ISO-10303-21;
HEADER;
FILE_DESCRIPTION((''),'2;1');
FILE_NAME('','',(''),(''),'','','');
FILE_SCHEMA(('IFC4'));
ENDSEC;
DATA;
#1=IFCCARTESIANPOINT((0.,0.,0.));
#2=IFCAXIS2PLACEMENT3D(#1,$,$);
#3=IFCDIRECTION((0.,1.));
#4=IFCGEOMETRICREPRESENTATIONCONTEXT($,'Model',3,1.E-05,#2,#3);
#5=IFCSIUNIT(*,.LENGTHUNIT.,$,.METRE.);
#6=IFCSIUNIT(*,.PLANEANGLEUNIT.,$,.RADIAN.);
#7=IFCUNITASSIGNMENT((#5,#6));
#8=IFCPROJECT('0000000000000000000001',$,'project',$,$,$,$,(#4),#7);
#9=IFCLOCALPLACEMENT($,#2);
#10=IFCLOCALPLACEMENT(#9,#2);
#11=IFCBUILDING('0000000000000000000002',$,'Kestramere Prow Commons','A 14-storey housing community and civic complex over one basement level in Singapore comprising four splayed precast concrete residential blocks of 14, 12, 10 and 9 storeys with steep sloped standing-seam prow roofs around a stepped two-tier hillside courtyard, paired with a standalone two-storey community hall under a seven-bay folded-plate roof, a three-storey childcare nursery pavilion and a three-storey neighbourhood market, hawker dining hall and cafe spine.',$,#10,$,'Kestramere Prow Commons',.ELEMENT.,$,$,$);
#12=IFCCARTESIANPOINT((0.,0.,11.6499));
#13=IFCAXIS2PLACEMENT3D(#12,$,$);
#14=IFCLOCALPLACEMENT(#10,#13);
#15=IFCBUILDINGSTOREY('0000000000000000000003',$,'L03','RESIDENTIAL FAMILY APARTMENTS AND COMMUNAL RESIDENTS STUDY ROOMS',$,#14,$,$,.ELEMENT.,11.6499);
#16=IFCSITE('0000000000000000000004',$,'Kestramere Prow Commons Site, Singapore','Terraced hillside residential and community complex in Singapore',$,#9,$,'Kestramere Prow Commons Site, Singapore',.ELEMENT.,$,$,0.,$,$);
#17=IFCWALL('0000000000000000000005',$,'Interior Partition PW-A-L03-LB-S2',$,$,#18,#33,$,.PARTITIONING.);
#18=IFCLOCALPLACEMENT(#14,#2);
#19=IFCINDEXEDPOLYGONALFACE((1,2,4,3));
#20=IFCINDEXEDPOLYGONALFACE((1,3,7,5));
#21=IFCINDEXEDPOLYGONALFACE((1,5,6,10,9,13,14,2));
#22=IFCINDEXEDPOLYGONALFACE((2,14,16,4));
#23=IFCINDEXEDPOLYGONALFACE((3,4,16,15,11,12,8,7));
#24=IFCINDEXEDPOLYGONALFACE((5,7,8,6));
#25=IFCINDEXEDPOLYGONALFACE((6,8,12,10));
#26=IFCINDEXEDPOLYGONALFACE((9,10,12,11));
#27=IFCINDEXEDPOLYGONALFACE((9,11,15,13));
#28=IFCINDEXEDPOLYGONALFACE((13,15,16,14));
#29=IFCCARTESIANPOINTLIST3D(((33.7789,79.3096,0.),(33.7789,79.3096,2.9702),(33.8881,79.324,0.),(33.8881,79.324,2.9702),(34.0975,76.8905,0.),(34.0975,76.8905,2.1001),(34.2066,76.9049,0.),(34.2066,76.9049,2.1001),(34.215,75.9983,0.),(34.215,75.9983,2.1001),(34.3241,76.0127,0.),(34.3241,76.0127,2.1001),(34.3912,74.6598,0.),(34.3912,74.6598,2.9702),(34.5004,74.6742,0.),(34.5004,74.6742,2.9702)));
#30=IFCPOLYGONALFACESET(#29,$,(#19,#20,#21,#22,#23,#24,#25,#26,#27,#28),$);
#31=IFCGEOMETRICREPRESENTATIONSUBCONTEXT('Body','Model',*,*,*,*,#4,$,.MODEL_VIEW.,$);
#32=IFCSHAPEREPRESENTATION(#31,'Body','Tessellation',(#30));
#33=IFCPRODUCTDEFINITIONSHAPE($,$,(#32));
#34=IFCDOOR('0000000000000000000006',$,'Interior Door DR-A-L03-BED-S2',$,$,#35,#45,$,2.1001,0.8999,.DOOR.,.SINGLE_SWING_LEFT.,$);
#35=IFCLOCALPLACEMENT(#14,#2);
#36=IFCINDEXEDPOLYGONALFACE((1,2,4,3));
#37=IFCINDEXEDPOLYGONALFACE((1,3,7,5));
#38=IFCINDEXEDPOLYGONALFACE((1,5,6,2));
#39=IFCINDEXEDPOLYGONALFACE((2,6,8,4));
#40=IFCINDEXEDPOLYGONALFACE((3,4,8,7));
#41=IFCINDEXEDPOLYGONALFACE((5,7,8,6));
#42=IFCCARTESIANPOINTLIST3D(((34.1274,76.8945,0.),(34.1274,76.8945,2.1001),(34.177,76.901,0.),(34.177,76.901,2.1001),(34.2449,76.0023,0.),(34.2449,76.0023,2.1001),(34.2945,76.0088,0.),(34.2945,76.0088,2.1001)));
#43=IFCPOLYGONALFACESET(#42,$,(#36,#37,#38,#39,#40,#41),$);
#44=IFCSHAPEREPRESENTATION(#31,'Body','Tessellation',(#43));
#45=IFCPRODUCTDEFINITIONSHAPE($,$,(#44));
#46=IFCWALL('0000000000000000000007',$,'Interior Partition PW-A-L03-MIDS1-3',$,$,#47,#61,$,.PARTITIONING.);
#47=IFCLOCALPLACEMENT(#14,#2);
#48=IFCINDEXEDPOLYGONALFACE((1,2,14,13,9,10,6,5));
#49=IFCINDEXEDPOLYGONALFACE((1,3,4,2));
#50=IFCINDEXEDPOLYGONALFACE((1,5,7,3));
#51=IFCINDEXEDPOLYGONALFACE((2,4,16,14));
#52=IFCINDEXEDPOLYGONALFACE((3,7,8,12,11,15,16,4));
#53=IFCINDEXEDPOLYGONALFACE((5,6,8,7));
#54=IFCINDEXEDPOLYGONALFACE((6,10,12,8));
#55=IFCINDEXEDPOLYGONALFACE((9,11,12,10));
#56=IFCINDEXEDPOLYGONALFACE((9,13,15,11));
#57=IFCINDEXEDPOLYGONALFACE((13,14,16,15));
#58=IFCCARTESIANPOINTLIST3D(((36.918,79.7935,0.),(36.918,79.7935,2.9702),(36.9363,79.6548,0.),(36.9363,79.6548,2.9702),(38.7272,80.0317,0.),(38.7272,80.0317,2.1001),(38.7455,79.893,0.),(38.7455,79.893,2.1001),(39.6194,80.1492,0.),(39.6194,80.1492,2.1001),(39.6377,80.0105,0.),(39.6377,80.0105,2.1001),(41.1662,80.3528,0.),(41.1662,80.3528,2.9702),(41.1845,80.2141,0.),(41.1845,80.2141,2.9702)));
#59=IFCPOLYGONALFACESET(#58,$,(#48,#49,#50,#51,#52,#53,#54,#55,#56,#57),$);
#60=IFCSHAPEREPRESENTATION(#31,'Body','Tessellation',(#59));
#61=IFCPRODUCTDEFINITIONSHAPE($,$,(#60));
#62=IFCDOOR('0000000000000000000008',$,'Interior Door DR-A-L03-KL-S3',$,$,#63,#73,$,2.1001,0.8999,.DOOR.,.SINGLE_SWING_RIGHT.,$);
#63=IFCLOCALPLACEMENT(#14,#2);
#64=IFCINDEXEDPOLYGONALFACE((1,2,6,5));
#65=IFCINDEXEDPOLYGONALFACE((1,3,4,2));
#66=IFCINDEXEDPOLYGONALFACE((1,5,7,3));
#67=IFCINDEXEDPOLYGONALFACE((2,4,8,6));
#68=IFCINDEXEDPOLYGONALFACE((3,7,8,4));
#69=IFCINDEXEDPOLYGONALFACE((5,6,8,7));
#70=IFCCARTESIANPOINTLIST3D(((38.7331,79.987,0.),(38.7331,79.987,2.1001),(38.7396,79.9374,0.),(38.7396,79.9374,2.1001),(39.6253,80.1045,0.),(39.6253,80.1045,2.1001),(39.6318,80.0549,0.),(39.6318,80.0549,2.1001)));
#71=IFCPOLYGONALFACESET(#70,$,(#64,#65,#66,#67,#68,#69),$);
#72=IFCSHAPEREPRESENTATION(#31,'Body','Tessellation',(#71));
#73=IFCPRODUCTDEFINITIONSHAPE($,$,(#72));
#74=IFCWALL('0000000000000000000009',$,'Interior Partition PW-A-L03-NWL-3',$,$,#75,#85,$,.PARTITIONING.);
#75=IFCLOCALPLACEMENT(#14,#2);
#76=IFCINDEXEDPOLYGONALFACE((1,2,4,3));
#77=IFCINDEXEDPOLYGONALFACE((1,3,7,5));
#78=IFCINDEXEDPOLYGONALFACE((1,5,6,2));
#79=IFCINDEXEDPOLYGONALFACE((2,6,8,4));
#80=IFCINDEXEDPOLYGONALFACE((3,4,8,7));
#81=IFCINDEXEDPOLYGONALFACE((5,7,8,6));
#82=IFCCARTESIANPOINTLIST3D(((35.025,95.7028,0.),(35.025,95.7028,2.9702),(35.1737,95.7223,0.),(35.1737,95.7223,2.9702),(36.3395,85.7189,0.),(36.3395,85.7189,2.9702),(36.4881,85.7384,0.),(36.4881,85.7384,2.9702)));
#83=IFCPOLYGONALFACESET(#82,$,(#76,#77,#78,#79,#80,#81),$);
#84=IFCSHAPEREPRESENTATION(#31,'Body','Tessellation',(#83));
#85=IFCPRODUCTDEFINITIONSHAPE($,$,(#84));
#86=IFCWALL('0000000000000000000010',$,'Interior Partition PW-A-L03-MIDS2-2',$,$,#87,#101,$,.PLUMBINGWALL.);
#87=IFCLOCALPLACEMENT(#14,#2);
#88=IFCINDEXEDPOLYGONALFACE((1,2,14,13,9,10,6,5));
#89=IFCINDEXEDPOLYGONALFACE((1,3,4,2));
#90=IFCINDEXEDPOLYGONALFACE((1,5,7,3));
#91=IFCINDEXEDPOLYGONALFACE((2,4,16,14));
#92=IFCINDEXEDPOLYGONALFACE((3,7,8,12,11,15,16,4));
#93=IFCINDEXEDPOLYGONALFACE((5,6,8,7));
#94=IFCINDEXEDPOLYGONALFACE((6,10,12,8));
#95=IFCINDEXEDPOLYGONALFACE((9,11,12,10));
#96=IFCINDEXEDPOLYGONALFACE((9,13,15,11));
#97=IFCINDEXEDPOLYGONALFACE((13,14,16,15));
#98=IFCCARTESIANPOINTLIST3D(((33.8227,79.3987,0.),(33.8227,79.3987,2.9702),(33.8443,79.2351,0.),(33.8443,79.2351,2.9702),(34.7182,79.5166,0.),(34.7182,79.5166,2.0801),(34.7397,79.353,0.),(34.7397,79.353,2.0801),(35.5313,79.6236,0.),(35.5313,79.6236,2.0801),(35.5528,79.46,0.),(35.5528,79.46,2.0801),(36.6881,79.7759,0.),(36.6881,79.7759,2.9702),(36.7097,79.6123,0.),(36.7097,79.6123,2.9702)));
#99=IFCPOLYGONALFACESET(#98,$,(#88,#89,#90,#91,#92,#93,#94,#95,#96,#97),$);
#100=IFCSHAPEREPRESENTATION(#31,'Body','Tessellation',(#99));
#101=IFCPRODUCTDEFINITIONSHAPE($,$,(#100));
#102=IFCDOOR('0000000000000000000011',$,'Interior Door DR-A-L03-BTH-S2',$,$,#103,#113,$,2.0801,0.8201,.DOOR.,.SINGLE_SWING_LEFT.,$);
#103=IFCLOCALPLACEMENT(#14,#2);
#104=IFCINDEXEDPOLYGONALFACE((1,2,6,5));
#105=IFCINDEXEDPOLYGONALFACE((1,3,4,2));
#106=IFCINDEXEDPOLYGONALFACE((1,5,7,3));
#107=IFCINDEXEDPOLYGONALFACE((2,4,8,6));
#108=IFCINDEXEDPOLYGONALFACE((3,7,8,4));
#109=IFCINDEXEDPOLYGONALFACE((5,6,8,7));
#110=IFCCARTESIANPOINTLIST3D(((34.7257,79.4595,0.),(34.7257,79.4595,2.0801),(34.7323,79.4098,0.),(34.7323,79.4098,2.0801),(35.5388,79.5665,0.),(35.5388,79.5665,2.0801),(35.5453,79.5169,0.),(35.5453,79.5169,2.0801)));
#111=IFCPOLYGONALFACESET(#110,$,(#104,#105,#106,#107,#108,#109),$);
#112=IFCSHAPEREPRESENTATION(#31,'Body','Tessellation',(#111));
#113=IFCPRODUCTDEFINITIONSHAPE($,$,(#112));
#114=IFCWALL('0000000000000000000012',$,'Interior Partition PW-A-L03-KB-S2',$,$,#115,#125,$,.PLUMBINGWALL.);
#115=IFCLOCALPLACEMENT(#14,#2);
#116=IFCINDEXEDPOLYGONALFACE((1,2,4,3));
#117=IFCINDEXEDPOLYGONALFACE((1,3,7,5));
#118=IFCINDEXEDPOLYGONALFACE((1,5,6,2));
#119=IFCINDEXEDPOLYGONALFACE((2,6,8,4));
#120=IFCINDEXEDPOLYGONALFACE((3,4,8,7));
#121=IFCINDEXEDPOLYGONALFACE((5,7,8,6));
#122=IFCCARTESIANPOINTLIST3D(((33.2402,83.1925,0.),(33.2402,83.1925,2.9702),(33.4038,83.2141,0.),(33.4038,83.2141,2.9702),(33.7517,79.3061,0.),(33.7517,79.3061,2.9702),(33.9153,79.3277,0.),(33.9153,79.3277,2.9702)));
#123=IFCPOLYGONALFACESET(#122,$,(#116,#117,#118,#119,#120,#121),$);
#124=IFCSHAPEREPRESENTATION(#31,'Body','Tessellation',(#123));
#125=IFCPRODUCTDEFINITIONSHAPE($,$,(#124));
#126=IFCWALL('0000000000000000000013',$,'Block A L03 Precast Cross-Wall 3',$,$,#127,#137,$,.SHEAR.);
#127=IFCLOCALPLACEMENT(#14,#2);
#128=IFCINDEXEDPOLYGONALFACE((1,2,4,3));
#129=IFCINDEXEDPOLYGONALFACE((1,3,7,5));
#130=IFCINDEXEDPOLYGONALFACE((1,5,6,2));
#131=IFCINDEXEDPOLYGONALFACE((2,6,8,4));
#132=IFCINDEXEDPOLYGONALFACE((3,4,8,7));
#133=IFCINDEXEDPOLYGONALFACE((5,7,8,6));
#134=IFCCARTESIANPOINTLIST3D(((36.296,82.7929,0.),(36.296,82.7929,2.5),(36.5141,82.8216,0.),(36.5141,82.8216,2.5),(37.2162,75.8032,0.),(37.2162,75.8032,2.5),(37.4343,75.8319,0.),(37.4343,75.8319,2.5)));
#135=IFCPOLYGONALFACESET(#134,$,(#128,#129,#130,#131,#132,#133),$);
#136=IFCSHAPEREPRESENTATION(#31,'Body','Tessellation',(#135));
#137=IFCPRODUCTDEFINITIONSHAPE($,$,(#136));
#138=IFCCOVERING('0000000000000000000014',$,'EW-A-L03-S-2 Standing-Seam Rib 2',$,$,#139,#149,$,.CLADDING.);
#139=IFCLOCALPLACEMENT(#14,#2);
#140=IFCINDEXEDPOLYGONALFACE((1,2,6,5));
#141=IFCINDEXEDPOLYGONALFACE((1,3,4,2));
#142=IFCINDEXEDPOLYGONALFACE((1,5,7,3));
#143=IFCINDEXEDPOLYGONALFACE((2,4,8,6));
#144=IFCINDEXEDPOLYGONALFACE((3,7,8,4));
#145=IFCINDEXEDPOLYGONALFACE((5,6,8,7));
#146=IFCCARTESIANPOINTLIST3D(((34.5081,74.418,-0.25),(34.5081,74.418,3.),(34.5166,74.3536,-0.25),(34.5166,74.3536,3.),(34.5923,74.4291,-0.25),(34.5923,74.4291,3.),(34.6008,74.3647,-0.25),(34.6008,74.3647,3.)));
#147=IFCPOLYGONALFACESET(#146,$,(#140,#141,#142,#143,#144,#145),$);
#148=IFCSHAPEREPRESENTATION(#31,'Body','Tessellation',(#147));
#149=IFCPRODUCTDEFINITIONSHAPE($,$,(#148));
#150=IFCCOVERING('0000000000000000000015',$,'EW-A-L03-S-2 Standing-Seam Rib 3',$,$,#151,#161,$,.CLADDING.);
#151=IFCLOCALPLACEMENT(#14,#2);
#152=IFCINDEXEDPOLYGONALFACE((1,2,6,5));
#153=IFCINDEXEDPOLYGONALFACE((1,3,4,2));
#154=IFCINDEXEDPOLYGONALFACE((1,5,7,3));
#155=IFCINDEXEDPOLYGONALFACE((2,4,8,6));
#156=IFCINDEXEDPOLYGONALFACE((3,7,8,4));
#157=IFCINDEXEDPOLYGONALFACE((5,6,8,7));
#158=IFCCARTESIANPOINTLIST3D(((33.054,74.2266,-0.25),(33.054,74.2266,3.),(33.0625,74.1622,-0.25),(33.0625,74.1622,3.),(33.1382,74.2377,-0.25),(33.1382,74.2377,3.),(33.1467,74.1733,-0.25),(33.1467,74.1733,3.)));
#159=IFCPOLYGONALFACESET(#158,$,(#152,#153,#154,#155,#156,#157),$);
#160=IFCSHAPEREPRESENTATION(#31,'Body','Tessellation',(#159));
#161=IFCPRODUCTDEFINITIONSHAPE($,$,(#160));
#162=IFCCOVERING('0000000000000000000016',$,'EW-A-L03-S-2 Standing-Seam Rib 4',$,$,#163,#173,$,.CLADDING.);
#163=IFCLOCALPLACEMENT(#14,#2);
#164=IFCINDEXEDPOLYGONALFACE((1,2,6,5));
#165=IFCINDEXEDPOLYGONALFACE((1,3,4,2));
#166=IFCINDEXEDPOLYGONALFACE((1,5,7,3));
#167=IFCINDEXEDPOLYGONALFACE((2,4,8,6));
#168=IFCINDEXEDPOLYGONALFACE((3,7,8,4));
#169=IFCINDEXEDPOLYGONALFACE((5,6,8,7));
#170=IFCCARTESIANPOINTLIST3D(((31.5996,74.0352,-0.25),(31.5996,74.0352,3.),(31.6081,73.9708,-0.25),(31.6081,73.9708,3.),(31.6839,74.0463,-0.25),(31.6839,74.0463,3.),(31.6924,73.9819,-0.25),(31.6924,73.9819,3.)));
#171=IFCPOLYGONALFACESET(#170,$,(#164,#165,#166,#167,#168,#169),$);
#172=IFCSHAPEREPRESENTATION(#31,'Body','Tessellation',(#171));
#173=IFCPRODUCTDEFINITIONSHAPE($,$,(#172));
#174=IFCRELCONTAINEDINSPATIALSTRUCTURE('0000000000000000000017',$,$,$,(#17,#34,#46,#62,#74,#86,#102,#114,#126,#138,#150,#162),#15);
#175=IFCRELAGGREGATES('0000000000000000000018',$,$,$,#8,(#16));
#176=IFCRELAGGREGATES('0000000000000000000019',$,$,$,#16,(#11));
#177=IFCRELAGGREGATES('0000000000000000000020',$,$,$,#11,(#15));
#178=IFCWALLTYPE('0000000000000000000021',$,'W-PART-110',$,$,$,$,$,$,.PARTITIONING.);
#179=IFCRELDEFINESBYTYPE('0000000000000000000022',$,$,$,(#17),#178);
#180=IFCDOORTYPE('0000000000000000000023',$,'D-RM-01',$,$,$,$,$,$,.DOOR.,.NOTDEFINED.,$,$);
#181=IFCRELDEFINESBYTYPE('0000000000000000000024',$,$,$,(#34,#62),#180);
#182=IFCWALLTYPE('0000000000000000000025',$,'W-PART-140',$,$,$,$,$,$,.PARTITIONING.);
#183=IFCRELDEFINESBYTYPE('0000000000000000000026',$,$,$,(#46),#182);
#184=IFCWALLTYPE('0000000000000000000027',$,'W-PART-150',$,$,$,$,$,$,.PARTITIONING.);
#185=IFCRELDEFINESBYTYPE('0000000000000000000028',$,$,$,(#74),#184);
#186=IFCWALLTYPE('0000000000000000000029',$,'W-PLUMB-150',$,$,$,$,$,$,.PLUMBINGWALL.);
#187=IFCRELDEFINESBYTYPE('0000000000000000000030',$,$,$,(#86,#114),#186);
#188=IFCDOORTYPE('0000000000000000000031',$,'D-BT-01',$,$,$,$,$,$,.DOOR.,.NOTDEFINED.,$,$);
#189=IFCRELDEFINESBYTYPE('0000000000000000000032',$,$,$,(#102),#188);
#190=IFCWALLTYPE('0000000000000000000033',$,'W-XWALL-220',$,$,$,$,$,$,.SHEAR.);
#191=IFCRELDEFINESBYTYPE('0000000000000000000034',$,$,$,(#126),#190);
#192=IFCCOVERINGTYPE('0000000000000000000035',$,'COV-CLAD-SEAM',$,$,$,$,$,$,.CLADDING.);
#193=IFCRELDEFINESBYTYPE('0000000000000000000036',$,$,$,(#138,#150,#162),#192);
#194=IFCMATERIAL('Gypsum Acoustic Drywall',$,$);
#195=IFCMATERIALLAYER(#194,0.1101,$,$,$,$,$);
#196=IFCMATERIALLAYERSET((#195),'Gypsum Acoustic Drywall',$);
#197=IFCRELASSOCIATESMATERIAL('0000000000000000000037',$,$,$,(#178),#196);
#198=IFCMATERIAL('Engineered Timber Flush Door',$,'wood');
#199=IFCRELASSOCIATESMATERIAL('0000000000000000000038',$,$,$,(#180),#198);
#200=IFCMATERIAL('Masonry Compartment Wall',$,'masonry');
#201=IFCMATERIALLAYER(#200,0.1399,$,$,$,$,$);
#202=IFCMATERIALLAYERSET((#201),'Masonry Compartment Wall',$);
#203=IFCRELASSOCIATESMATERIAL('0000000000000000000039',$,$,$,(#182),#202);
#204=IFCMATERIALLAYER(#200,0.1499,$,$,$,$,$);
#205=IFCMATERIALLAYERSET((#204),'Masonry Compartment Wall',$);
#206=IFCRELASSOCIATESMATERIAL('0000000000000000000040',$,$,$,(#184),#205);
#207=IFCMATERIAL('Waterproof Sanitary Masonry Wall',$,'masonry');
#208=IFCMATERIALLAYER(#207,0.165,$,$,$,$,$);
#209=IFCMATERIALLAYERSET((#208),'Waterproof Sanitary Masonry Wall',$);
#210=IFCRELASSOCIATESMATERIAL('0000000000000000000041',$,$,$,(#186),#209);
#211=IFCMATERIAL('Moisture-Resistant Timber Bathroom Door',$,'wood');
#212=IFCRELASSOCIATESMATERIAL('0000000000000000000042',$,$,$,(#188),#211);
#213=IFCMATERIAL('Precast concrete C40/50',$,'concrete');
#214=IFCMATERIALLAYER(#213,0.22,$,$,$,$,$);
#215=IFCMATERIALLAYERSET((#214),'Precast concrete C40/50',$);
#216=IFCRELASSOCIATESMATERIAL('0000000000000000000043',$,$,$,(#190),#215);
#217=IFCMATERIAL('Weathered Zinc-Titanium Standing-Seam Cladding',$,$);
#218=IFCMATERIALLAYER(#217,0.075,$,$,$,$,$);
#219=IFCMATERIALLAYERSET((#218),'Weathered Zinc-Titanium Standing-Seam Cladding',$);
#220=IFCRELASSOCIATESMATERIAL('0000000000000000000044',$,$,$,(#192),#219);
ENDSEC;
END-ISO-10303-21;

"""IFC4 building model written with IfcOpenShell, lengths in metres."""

from ifc_helpers import new_model, si_unit, direction, frame, frame_2d, origin, origin_2d, place, context, subcontext, project, spatial, rectangle, extrude, material, layer, layer_set, type_object, element, fill, save


model = new_model("IFC4")

# Units and contexts
model_context = context("Model", 3, precision=1e-05, world=origin(), true_north=direction((0.0, 1.0)))
body_context = subcontext(model_context, "Body", "Model", "MODEL_VIEW")
ifc_project = project(units=[si_unit("LENGTHUNIT", "METRE"), si_unit("PLANEANGLEUNIT", "RADIAN")], contexts=[model_context])

# Site, building, storey
site_placement = place(None, origin())
site = spatial("IfcSite", under=ifc_project, at=site_placement, Name="Kestramere Prow Commons Site, Singapore", Description="Terraced hillside residential and community complex in Singapore", LongName="Kestramere Prow Commons Site, Singapore", CompositionType="ELEMENT", RefElevation=0.0)
building_placement = place(site_placement, origin())
building = spatial("IfcBuilding", under=site, at=building_placement, Name="Kestramere Prow Commons", Description="A 14-storey housing community and civic complex over one basement level in Singapore comprising four splayed precast concrete residential blocks of 14, 12, 10 and 9 storeys with steep sloped standing-seam prow roofs around a stepped two-tier hillside courtyard, paired with a standalone two-storey community hall under a seven-bay folded-plate roof, a three-storey childcare nursery pavilion and a three-storey neighbourhood market, hawker dining hall and cafe spine.", LongName="Kestramere Prow Commons", CompositionType="ELEMENT")
storey_placement = place(building_placement, frame((0.0, 0.0, 11.6499)))
storey = spatial("IfcBuildingStorey", under=building, at=storey_placement, Name="L03", Description="RESIDENTIAL FAMILY APARTMENTS AND COMMUNAL RESIDENTS STUDY ROOMS", CompositionType="ELEMENT", Elevation=11.6499)

# Shared definitions
ifc_material_1 = material(Name="Precast concrete C40/50", Category="concrete")

# Walls, openings, doors
ifc_material_2 = material(Name="Gypsum Acoustic Drywall")
ifc_layer_1 = layer(ifc_material_2, 0.1101)
ifc_layer_set_1 = layer_set([ifc_layer_1], Name="Gypsum Acoustic Drywall")
wall_type_1 = type_object("IfcWallType", Name="W-PART-110", PredefinedType="PARTITIONING", material=ifc_layer_set_1)
wall_1_placement = place(storey_placement, frame((34.4458, 74.667, 0.0), z_axis=(0.0, 0.0, 1.0), x_axis=(-0.130554, 0.991441, 0.0)))
wall_1 = element("IfcWall", 1, at=wall_1_placement, inside=storey, type_object=wall_type_1, Name="Interior Partition PW-A-L03-LB-S2", PredefinedType="PARTITIONING", context=body_context, shape_type="SweptSolid", body=[
    extrude(rectangle(XDim=4.6899, YDim=0.1101, at=frame_2d((2.345, 0.0))), origin(), (0.0, 0.0, 1.0), 2.9702),
])
opening_1_placement = place(wall_1_placement, frame((1.3501, 0.0, 0.0)))
opening_1 = element("IfcOpeningElement", 2, at=opening_1_placement, cuts=wall_1, PredefinedType="OPENING", context=body_context, shape_type="SweptSolid", body=[
    extrude(rectangle(XDim=0.8999, YDim=2.1001, at=frame_2d((0.45, 1.05))), frame((0.0, 0.0701, 0.0), z_axis=(0.0, -1.0, 0.0), x_axis=(1.0, 0.0, 0.0)), (0.0, 0.0, 1.0), 0.1401),
])
ifc_material_3 = material(Name="Engineered Timber Flush Door", Category="wood")
door_type_1 = type_object("IfcDoorType", Name="D-RM-01", OperationType="NOTDEFINED", PredefinedType="DOOR", material=ifc_material_3)
door_1_placement = place(opening_1_placement, origin())
door_1 = element("IfcDoor", 3, at=door_1_placement, inside=storey, type_object=door_type_1, Name="Interior Door DR-A-L03-BED-S2", OperationType="SINGLE_SWING_LEFT", OverallHeight=2.1001, OverallWidth=0.8999, PredefinedType="DOOR", context=body_context, shape_type="SweptSolid", body=[
    extrude(rectangle(XDim=0.8999, YDim=2.1001, at=frame_2d((0.45, 1.05))), frame((0.0, 0.0249, 0.0), z_axis=(0.0, -1.0, 0.0), x_axis=(1.0, 0.0, 0.0)), (0.0, 0.0, 1.0), 0.05),
])
fill(opening_1, door_1)
ifc_material_4 = material(Name="Masonry Compartment Wall", Category="masonry")
ifc_layer_2 = layer(ifc_material_4, 0.1399)
ifc_layer_set_2 = layer_set([ifc_layer_2], Name="Masonry Compartment Wall")
wall_type_2 = type_object("IfcWallType", Name="W-PART-140", PredefinedType="PARTITIONING", material=ifc_layer_set_2)
wall_2_placement = place(storey_placement, frame((36.927, 79.7241, 0.0), z_axis=(0.0, 0.0, 1.0), x_axis=(0.991444, 0.130533, 0.0)))
wall_2 = element("IfcWall", 4, at=wall_2_placement, inside=storey, type_object=wall_type_2, Name="Interior Partition PW-A-L03-MIDS1-3", PredefinedType="PARTITIONING", context=body_context, shape_type="SweptSolid", body=[
    extrude(rectangle(XDim=4.2849, YDim=0.1399, at=frame_2d((2.1426, 0.0))), origin(), (0.0, 0.0, 1.0), 2.9702),
])
opening_2_placement = place(wall_2_placement, frame((1.825, 0.0, 0.0)))
opening_2 = element("IfcOpeningElement", 5, at=opening_2_placement, cuts=wall_2, PredefinedType="OPENING", context=body_context, shape_type="SweptSolid", body=[
    extrude(rectangle(XDim=0.8999, YDim=2.1001, at=frame_2d((0.45, 1.05))), frame((0.0, 0.085, 0.0), z_axis=(0.0, -1.0, 0.0), x_axis=(1.0, 0.0, 0.0)), (0.0, 0.0, 1.0), 0.1699),
])
door_2_placement = place(opening_2_placement, origin())
door_2 = element("IfcDoor", 6, at=door_2_placement, inside=storey, type_object=door_type_1, Name="Interior Door DR-A-L03-KL-S3", OperationType="SINGLE_SWING_RIGHT", OverallHeight=2.1001, OverallWidth=0.8999, PredefinedType="DOOR", context=body_context, shape_type="SweptSolid", body=[
    extrude(rectangle(XDim=0.8999, YDim=2.1001, at=frame_2d((0.45, 1.05))), frame((0.0, 0.0249, 0.0), z_axis=(0.0, -1.0, 0.0), x_axis=(1.0, 0.0, 0.0)), (0.0, 0.0, 1.0), 0.05),
])
fill(opening_2, door_2)

# Wall
ifc_layer_3 = layer(ifc_material_4, 0.1499)
ifc_layer_set_3 = layer_set([ifc_layer_3], Name="Masonry Compartment Wall")
wall_type_3 = type_object("IfcWallType", Name="W-PART-150", PredefinedType="PARTITIONING", material=ifc_layer_set_3)
wall_3_placement = place(storey_placement, frame((36.4138, 85.7285, 0.0), z_axis=(0.0, 0.0, 1.0), x_axis=(-0.130531, 0.991444, 0.0)))
element("IfcWall", 7, at=wall_3_placement, inside=storey, type_object=wall_type_3, Name="Interior Partition PW-A-L03-NWL-3", PredefinedType="PARTITIONING", context=body_context, shape_type="SweptSolid", body=[
    extrude(rectangle(XDim=10.0701, YDim=0.1499, at=frame_2d((5.0352, 0.0))), origin(), (0.0, 0.0, 1.0), 2.9702),
])

# Wall, opening, door
ifc_material_5 = material(Name="Waterproof Sanitary Masonry Wall", Category="masonry")
ifc_layer_4 = layer(ifc_material_5, 0.165)
ifc_layer_set_4 = layer_set([ifc_layer_4], Name="Waterproof Sanitary Masonry Wall")
wall_type_4 = type_object("IfcWallType", Name="W-PLUMB-150", PredefinedType="PLUMBINGWALL", material=ifc_layer_set_4)
wall_4_placement = place(storey_placement, frame((33.8335, 79.3169, 0.0), z_axis=(0.0, 0.0, 1.0), x_axis=(0.991447, 0.130509, 0.0)))
wall_4 = element("IfcWall", 8, at=wall_4_placement, inside=storey, type_object=wall_type_4, Name="Interior Partition PW-A-L03-MIDS2-2", PredefinedType="PLUMBINGWALL", context=body_context, shape_type="SweptSolid", body=[
    extrude(rectangle(XDim=2.8901, YDim=0.165, at=frame_2d((1.4451, 0.0))), origin(), (0.0, 0.0, 1.0), 2.9702),
])
opening_3_placement = place(wall_4_placement, frame((0.9031, 0.0, 0.0)))
opening_3 = element("IfcOpeningElement", 9, at=opening_3_placement, cuts=wall_4, PredefinedType="OPENING", context=body_context, shape_type="SweptSolid", body=[
    extrude(rectangle(XDim=0.8201, YDim=2.0801, at=frame_2d((0.4102, 1.04))), frame((0.0, 0.0974, 0.0), z_axis=(0.0, -1.0, 0.0), x_axis=(1.0, 0.0, 0.0)), (0.0, 0.0, 1.0), 0.1951),
])
ifc_material_6 = material(Name="Moisture-Resistant Timber Bathroom Door", Category="wood")
door_type_2 = type_object("IfcDoorType", Name="D-BT-01", OperationType="NOTDEFINED", PredefinedType="DOOR", material=ifc_material_6)
door_3_placement = place(opening_3_placement, origin())
door_3 = element("IfcDoor", 10, at=door_3_placement, inside=storey, type_object=door_type_2, Name="Interior Door DR-A-L03-BTH-S2", OperationType="SINGLE_SWING_LEFT", OverallHeight=2.0801, OverallWidth=0.8201, PredefinedType="DOOR", context=body_context, shape_type="SweptSolid", body=[
    extrude(rectangle(XDim=0.8201, YDim=2.0801, at=frame_2d((0.4102, 1.04))), frame((0.0, 0.0249, 0.0), z_axis=(0.0, -1.0, 0.0), x_axis=(1.0, 0.0, 0.0)), (0.0, 0.0, 1.0), 0.05),
])
fill(opening_3, door_3)

# Walls
wall_5_placement = place(storey_placement, frame((33.8335, 79.3169, 0.0), z_axis=(0.0, 0.0, 1.0), x_axis=(-0.130479, 0.991451, 0.0)))
element("IfcWall", 11, at=wall_5_placement, inside=storey, type_object=wall_type_4, Name="Interior Partition PW-A-L03-KB-S2", PredefinedType="PLUMBINGWALL", context=body_context, shape_type="SweptSolid", body=[
    extrude(rectangle(XDim=3.9199, YDim=0.165, at=frame_2d((1.96, 0.0))), origin(), (0.0, 0.0, 1.0), 2.9702),
])
ifc_layer_5 = layer(ifc_material_1, 0.22)
ifc_layer_set_5 = layer_set([ifc_layer_5], Name="Precast concrete C40/50")
wall_type_5 = type_object("IfcWallType", Name="W-XWALL-220", PredefinedType="SHEAR", material=ifc_layer_set_5)
wall_6_placement = place(storey_placement, frame((37.3252, 75.8176, 0.0), z_axis=(0.0, 0.0, 1.0), x_axis=(-0.130519, 0.991446, 0.0)))
element("IfcWall", 12, at=wall_6_placement, inside=storey, type_object=wall_type_5, Name="Block A L03 Precast Cross-Wall 3", PredefinedType="SHEAR", context=body_context, shape_type="SweptSolid", body=[
    extrude(rectangle(XDim=7.05, YDim=0.22, at=frame_2d((3.5249, 0.0))), origin(), (0.0, 0.0, 1.0), 2.5),
])

# Coverings
ifc_material_7 = material(Name="Weathered Zinc-Titanium Standing-Seam Cladding")
ifc_layer_6 = layer(ifc_material_7, 0.075)
ifc_layer_set_6 = layer_set([ifc_layer_6], Name="Weathered Zinc-Titanium Standing-Seam Cladding")
covering_type = type_object("IfcCoveringType", Name="COV-CLAD-SEAM", PredefinedType="CLADDING", material=ifc_layer_set_6)
for number, where, z_axis, x_axis, name in (
    (13, (34.5544, 74.3914, -0.25), (0.0, 0.0, 1.0), (-0.991445, -0.130526, 0.0), "EW-A-L03-S-2 Standing-Seam Rib 2"),
    (14, (33.1003, 74.2, -0.25), (0.0, 0.0, 1.0), (-0.991445, -0.130526, 0.0), "EW-A-L03-S-2 Standing-Seam Rib 3"),
    (15, (31.646, 74.0085, -0.25), (0.0, 0.0, 1.0), (-0.991445, -0.130526, 0.0), "EW-A-L03-S-2 Standing-Seam Rib 4"),
):
    element("IfcCovering", number, at=place(storey_placement, frame(where, z_axis=z_axis, x_axis=x_axis)), inside=storey, type_object=covering_type, Name=name, PredefinedType="CLADDING", context=body_context, shape_type="SweptSolid", body=[
        extrude(rectangle(XDim=0.085, YDim=0.0649, at=origin_2d()), origin(), (0.0, 0.0, 1.0), 3.25),
    ])

save(model, "model.ifc")
